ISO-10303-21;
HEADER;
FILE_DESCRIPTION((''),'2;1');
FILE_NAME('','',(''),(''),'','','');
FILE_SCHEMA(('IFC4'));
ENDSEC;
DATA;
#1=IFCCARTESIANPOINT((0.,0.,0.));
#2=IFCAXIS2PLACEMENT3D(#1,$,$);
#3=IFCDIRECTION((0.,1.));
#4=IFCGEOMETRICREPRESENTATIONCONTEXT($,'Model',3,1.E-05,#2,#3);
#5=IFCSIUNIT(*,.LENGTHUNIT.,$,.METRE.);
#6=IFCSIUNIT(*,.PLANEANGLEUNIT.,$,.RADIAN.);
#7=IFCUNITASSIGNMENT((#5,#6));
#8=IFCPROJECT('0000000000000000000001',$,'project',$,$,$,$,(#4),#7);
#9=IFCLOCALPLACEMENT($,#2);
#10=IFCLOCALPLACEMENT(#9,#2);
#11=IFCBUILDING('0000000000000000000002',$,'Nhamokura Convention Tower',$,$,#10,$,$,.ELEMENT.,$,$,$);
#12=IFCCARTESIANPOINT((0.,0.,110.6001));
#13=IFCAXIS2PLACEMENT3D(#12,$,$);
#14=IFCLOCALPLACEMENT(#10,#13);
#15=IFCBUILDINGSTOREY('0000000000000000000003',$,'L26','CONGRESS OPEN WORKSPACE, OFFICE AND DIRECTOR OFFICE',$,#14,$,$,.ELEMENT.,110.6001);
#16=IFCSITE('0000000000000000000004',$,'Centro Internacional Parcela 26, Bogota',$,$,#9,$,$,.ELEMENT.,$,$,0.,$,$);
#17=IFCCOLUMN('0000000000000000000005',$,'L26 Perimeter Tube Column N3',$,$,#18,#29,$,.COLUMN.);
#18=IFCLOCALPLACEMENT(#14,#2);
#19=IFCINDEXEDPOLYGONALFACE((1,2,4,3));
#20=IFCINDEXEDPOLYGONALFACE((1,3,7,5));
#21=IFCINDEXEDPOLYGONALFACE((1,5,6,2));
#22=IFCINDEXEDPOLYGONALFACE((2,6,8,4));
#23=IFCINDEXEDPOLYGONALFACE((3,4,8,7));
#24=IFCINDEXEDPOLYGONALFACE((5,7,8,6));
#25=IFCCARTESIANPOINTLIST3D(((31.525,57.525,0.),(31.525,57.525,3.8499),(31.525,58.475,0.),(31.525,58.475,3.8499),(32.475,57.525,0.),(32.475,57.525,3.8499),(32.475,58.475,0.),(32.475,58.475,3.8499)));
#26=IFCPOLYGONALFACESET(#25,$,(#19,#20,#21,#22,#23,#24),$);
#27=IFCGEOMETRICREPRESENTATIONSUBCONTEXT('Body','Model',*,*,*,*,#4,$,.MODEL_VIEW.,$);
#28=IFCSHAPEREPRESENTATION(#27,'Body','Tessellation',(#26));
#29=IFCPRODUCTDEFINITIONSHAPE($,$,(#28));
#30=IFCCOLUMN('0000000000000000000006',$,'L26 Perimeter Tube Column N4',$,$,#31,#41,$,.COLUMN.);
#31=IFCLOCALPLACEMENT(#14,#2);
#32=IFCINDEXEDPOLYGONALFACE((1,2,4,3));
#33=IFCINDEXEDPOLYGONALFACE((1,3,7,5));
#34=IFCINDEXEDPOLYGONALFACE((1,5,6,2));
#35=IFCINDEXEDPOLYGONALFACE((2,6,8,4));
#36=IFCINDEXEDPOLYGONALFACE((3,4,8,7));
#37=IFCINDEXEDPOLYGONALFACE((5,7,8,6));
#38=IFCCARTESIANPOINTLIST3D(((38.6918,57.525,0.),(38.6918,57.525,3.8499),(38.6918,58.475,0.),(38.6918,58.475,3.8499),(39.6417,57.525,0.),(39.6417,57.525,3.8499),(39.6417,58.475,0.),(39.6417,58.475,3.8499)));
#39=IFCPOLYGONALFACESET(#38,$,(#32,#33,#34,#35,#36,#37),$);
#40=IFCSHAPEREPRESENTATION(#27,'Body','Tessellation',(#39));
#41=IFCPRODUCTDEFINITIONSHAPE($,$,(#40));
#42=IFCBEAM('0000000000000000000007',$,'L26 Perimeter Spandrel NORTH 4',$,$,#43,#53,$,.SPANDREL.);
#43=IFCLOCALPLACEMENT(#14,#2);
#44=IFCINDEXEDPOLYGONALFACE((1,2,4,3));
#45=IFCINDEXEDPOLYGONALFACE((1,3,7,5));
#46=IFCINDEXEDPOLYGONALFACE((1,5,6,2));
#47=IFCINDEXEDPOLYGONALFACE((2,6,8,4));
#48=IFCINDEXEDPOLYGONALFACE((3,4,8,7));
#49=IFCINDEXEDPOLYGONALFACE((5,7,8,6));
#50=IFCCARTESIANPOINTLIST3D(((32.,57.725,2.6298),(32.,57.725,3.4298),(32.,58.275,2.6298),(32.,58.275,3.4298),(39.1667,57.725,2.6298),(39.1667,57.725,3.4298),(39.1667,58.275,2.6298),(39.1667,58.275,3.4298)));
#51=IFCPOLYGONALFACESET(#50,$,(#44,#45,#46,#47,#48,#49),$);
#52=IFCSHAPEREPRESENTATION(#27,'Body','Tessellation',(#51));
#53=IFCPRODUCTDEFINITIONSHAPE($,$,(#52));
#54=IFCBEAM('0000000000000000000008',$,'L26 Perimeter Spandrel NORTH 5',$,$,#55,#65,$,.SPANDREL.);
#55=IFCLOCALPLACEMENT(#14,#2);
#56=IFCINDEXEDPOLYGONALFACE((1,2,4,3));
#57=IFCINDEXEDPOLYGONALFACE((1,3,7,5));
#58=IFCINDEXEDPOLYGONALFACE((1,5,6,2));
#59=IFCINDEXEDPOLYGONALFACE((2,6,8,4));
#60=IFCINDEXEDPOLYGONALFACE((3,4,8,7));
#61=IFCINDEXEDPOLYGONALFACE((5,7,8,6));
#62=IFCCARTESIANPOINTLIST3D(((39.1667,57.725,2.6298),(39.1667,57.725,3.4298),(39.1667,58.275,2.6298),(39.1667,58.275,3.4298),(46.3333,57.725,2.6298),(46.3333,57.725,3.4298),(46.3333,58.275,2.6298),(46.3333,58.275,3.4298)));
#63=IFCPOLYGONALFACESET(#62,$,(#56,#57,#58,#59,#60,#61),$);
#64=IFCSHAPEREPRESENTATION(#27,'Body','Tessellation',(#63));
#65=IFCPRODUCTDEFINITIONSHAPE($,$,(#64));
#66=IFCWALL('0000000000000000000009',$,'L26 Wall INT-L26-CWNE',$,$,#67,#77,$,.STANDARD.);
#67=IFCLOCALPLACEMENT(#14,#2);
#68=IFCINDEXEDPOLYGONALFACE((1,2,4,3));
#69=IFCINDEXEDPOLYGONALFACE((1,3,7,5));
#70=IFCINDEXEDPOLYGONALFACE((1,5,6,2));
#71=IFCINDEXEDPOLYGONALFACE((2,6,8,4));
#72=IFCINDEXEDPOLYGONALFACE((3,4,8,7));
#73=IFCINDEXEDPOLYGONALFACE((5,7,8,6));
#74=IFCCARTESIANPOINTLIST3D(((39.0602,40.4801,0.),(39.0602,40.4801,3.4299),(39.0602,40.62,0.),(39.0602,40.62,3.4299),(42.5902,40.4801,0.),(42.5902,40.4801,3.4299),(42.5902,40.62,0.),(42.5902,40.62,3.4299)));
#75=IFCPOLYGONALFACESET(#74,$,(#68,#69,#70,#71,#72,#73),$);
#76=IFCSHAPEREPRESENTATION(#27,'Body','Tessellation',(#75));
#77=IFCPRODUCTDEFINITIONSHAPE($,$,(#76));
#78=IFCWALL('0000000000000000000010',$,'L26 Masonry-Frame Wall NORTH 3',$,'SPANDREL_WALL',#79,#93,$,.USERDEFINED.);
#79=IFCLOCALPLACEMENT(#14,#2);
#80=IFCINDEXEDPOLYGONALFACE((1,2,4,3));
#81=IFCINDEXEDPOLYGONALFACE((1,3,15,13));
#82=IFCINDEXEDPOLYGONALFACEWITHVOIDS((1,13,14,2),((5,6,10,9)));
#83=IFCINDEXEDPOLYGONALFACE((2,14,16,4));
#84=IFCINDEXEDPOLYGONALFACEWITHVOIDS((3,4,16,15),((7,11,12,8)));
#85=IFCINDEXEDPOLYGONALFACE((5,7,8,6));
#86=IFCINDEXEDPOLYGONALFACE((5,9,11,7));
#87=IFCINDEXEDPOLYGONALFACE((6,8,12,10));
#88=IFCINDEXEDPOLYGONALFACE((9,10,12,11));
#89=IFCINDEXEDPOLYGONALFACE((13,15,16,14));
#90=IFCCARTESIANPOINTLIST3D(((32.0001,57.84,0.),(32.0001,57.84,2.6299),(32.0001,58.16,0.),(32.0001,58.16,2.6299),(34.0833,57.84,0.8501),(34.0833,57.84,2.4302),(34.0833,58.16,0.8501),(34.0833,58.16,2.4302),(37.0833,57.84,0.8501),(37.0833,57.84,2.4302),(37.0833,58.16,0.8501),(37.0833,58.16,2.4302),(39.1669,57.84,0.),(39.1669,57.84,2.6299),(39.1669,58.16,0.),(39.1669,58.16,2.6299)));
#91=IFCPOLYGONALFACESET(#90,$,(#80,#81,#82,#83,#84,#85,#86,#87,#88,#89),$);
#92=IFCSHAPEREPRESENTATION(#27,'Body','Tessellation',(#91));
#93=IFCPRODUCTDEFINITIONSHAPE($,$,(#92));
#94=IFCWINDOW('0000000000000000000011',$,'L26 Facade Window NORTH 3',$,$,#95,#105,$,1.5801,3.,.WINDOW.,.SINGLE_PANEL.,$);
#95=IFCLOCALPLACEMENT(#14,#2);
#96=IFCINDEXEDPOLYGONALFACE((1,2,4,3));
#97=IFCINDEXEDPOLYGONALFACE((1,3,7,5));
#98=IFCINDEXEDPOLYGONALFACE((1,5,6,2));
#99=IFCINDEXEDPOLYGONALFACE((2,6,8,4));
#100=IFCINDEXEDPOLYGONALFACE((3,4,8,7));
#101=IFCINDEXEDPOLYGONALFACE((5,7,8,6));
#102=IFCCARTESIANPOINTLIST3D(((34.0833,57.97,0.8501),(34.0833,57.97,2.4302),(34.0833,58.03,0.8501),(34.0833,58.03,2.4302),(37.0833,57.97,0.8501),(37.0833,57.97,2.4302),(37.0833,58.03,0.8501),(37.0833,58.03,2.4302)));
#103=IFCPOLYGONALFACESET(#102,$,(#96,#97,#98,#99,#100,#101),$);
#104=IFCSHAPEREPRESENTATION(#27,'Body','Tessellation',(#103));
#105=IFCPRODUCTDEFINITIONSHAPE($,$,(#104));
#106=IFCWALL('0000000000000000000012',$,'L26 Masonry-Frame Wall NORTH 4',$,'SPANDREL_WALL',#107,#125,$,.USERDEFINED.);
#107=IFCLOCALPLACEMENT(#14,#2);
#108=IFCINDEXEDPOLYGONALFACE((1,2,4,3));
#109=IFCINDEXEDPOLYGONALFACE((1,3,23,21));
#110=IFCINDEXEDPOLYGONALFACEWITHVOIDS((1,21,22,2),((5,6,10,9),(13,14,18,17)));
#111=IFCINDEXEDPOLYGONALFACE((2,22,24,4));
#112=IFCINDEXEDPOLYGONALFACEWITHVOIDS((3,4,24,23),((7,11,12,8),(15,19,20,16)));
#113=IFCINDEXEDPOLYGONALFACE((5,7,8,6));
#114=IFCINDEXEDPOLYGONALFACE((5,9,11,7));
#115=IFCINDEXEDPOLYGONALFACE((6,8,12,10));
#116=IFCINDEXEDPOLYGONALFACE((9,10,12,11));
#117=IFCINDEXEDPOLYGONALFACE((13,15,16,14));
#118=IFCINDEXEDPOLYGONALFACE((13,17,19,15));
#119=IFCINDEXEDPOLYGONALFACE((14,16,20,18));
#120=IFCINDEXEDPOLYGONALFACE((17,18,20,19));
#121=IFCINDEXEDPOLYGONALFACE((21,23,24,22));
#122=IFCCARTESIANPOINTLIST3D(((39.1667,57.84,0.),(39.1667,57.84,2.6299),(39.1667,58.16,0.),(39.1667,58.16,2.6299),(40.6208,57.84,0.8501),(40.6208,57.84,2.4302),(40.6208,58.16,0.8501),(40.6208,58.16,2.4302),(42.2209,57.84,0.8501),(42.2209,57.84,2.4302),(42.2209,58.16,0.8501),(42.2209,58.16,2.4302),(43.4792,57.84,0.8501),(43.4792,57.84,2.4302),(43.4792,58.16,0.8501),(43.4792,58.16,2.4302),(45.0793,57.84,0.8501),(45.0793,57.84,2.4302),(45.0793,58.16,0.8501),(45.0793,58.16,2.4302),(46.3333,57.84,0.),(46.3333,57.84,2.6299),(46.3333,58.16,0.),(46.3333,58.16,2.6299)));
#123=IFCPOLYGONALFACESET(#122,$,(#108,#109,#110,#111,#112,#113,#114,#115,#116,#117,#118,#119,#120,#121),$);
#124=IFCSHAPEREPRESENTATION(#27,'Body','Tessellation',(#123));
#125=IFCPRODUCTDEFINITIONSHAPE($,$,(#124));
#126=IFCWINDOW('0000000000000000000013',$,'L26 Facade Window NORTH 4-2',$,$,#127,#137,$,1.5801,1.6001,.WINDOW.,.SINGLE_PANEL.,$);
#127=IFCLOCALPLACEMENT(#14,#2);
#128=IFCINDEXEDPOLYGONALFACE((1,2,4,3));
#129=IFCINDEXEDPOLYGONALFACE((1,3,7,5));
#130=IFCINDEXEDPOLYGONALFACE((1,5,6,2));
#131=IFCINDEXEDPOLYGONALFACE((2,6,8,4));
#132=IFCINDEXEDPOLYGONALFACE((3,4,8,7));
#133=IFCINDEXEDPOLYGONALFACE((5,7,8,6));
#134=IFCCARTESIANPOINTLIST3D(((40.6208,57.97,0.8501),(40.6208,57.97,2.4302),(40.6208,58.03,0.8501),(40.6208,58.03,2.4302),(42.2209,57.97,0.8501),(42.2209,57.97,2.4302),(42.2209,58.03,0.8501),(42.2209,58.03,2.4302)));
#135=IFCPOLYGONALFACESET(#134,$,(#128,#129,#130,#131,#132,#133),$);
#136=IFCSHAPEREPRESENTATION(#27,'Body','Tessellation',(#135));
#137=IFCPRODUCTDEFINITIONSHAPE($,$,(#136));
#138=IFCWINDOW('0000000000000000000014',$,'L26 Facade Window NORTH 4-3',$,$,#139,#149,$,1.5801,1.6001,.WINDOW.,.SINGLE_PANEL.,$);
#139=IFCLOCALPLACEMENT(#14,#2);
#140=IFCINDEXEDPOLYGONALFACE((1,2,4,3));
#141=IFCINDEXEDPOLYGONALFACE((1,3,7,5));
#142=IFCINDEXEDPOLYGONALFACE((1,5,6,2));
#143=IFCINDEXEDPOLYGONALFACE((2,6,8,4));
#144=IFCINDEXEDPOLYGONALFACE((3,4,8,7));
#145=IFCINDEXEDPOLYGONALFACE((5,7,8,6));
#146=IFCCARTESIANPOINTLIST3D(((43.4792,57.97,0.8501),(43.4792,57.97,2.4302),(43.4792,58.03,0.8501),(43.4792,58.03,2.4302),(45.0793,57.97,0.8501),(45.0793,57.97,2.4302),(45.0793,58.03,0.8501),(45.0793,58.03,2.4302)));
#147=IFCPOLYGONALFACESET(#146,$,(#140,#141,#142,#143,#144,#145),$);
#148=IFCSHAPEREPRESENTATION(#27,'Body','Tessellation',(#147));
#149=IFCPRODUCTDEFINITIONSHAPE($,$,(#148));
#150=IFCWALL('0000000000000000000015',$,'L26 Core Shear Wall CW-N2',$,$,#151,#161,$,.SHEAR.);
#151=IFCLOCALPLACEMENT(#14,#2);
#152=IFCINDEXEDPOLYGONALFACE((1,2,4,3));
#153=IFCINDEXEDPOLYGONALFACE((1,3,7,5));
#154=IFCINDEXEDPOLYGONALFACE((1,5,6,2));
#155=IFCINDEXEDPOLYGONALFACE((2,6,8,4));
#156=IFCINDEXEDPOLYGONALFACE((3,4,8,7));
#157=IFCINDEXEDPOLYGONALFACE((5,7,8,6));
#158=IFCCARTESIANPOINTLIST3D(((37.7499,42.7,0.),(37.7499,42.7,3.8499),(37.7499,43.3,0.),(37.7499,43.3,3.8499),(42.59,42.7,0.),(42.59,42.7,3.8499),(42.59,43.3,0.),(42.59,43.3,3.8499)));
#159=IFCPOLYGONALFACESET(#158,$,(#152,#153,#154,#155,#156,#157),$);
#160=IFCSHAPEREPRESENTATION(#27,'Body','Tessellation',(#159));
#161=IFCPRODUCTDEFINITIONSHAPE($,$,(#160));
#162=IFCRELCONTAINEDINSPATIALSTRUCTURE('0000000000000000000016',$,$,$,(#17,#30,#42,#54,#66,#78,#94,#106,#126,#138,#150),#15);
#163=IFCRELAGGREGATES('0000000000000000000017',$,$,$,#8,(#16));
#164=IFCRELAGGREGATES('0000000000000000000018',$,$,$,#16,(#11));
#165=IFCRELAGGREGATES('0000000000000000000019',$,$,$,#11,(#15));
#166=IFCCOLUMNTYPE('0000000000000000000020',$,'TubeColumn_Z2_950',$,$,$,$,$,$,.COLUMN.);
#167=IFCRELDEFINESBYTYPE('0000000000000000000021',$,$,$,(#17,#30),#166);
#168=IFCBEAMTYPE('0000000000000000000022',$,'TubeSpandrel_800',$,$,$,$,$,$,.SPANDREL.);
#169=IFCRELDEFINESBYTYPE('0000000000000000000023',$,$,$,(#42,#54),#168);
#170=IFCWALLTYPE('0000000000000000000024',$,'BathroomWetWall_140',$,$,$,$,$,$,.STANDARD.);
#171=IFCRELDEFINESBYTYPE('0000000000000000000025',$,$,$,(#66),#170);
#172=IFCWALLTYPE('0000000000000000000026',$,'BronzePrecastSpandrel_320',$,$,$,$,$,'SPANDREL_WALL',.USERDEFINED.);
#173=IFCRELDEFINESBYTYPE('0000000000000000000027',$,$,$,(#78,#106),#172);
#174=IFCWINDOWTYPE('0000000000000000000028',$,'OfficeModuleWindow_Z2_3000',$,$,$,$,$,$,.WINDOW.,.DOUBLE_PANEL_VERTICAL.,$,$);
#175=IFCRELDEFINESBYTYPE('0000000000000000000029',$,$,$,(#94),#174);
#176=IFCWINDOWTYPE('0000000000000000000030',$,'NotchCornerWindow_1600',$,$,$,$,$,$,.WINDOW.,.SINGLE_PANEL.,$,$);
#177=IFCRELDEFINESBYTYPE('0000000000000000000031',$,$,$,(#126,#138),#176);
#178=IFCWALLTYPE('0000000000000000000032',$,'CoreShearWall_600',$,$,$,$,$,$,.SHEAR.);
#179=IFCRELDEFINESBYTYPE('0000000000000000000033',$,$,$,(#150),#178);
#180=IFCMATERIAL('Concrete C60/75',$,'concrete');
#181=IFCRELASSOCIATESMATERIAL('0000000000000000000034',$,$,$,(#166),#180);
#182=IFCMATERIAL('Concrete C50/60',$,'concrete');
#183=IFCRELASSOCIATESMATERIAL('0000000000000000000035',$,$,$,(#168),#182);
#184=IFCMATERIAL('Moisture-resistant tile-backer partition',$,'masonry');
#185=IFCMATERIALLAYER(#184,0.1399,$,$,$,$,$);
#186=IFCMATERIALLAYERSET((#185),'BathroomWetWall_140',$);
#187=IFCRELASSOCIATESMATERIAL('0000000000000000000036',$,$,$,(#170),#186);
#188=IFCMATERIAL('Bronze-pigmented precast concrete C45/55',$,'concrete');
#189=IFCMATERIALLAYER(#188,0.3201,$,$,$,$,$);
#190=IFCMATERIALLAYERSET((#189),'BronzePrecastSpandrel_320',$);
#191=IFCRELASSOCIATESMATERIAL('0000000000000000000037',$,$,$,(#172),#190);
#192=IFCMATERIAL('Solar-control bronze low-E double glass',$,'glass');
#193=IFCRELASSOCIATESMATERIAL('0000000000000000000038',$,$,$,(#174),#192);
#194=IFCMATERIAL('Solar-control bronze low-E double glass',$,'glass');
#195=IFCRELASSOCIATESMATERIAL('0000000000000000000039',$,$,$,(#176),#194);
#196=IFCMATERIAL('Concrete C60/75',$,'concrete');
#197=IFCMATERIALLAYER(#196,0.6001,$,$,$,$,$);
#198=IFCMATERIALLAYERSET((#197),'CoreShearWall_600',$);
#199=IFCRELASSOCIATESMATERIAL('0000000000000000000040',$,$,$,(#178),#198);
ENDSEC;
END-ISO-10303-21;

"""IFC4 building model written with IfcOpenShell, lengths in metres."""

from ifc_helpers import new_model, si_unit, direction, frame, frame_2d, origin, origin_2d, place, context, subcontext, project, spatial, rectangle, extrude, material, layer, layer_set, material_profile, profile_set, type_object, element, fill, save


model = new_model("IFC4")

# Units and contexts
model_context = context("Model", 3, precision=1e-05, world=origin(), true_north=direction((0.0, 1.0)))
body_context = subcontext(model_context, "Body", "Model", "MODEL_VIEW")
ifc_project = project(units=[si_unit("LENGTHUNIT", "METRE"), si_unit("PLANEANGLEUNIT", "RADIAN")], contexts=[model_context])

# Site, building, storey
site_placement = place(None, origin())
site = spatial("IfcSite", under=ifc_project, at=site_placement, Name="Centro Internacional Parcela 26, Bogota", CompositionType="ELEMENT", RefElevation=0.0)
building_placement = place(site_placement, origin())
building = spatial("IfcBuilding", under=site, at=building_placement, Name="Nhamokura Convention Tower", CompositionType="ELEMENT")
storey_placement = place(building_placement, frame((0.0, 0.0, 110.6001)))
storey = spatial("IfcBuildingStorey", under=building, at=storey_placement, Name="L26", Description="CONGRESS OPEN WORKSPACE, OFFICE AND DIRECTOR OFFICE", CompositionType="ELEMENT", Elevation=110.6001)

# Columns
ifc_material_1 = material(Name="Concrete C60/75", Category="concrete")
ifc_material_profile_1 = material_profile(ifc_material_1, rectangle(XDim=0.95, YDim=0.95, at=origin_2d()))
ifc_profile_set_1 = profile_set([ifc_material_profile_1], Name="Concrete C60/75")
column_type = type_object("IfcColumnType", Name="TubeColumn_Z2_950", PredefinedType="COLUMN", material=ifc_profile_set_1)
for number, where, z_axis, x_axis, name in (
    (1, (32.0, 58.0, 0.0), (0.0, 0.0, 1.0), (1.0, 0.0, 0.0), "L26 Perimeter Tube Column N3"),
    (2, (39.1667, 58.0, 0.0), (0.0, 0.0, 1.0), (1.0, 0.0, 0.0), "L26 Perimeter Tube Column N4"),
):
    element("IfcColumn", number, at=place(storey_placement, frame(where, z_axis=z_axis, x_axis=x_axis)), inside=storey, type_object=column_type, Name=name, PredefinedType="COLUMN", context=body_context, shape_type="SweptSolid", body=[
        extrude(rectangle(XDim=0.95, YDim=0.95, at=origin_2d()), origin(), (0.0, 0.0, 1.0), 3.8499),
    ])

# Beams
ifc_material_2 = material(Name="Concrete C50/60", Category="concrete")
ifc_material_profile_2 = material_profile(ifc_material_2, rectangle(XDim=0.55, YDim=0.8, at=origin_2d()))
ifc_profile_set_2 = profile_set([ifc_material_profile_2], Name="Concrete C50/60")
beam_type = type_object("IfcBeamType", Name="TubeSpandrel_800", PredefinedType="SPANDREL", material=ifc_profile_set_2)
beam_1_placement = place(storey_placement, frame((32.0, 58.0, 3.0298), z_axis=(1.0, 0.0, 0.0), x_axis=(0.0, 1.0, 0.0)))
element("IfcBeam", 3, at=beam_1_placement, inside=storey, type_object=beam_type, Name="L26 Perimeter Spandrel NORTH 4", PredefinedType="SPANDREL", context=body_context, shape_type="SweptSolid", body=[
    extrude(rectangle(XDim=0.55, YDim=0.8, at=origin_2d()), origin(), (0.0, 0.0, 1.0), 7.1667),
])
beam_2_placement = place(storey_placement, frame((39.1667, 58.0, 3.0298), z_axis=(1.0, 0.0, 0.0), x_axis=(0.0, 1.0, 0.0)))
element("IfcBeam", 4, at=beam_2_placement, inside=storey, type_object=beam_type, Name="L26 Perimeter Spandrel NORTH 5", PredefinedType="SPANDREL", context=body_context, shape_type="SweptSolid", body=[
    extrude(rectangle(XDim=0.55, YDim=0.8, at=origin_2d()), origin(), (0.0, 0.0, 1.0), 7.1665),
])

# Wall
ifc_material_3 = material(Name="Moisture-resistant tile-backer partition", Category="masonry")
ifc_layer_1 = layer(ifc_material_3, 0.1399)
ifc_layer_set_1 = layer_set([ifc_layer_1], Name="BathroomWetWall_140")
wall_type_1 = type_object("IfcWallType", Name="BathroomWetWall_140", PredefinedType="STANDARD", material=ifc_layer_set_1)
wall_1_placement = place(storey_placement, frame((39.0601, 40.55, 0.0), z_axis=(0.0, 0.0, 1.0), x_axis=(1.0, 0.0, 0.0)))
element("IfcWall", 5, at=wall_1_placement, inside=storey, type_object=wall_type_1, Name="L26 Wall INT-L26-CWNE", PredefinedType="STANDARD", context=body_context, shape_type="SweptSolid", body=[
    extrude(rectangle(XDim=3.53, YDim=0.1399, at=frame_2d((1.7651, 0.0))), origin(), (0.0, 0.0, 1.0), 3.4299),
])

# Wall, opening, window
ifc_material_4 = material(Name="Bronze-pigmented precast concrete C45/55", Category="concrete")
ifc_layer_2 = layer(ifc_material_4, 0.3201)
ifc_layer_set_2 = layer_set([ifc_layer_2], Name="BronzePrecastSpandrel_320")
wall_type_2 = type_object("IfcWallType", Name="BronzePrecastSpandrel_320", ElementType="SPANDREL_WALL", PredefinedType="USERDEFINED", material=ifc_layer_set_2)
wall_2_placement = place(storey_placement, frame((32.0, 58.0, 0.0), z_axis=(0.0, 0.0, 1.0), x_axis=(1.0, 0.0, 0.0)))
wall_2 = element("IfcWall", 6, at=wall_2_placement, inside=storey, type_object=wall_type_2, Name="L26 Masonry-Frame Wall NORTH 3", ObjectType="SPANDREL_WALL", PredefinedType="USERDEFINED", context=body_context, shape_type="SweptSolid", body=[
    extrude(rectangle(XDim=7.1667, YDim=0.3201, at=frame_2d((3.5835, 0.0))), origin(), (0.0, 0.0, 1.0), 2.6299),
])
opening_1_placement = place(wall_2_placement, frame((2.0833, 0.0, 0.8501)))
opening_1 = element("IfcOpeningElement", 7, at=opening_1_placement, cuts=wall_2, PredefinedType="OPENING", context=body_context, shape_type="SweptSolid", body=[
    extrude(rectangle(XDim=3.0, YDim=1.5801, at=frame_2d((1.5, 0.79))), frame((0.0, 0.1699, 0.0), z_axis=(0.0, -1.0, 0.0), x_axis=(1.0, 0.0, 0.0)), (0.0, 0.0, 1.0), 0.3401),
])
ifc_material_5 = material(Name="Solar-control bronze low-E double glass", Category="glass")
window_type_1 = type_object("IfcWindowType", Name="OfficeModuleWindow_Z2_3000", PartitioningType="DOUBLE_PANEL_VERTICAL", PredefinedType="WINDOW", material=ifc_material_5)
window_1_placement = place(opening_1_placement, origin())
window_1 = element("IfcWindow", 8, at=window_1_placement, inside=storey, type_object=window_type_1, Name="L26 Facade Window NORTH 3", OverallHeight=1.5801, OverallWidth=3.0, PartitioningType="SINGLE_PANEL", PredefinedType="WINDOW", context=body_context, shape_type="SweptSolid", body=[
    extrude(rectangle(XDim=3.0, YDim=1.5801, at=frame_2d((1.5, 0.79))), frame((0.0, 0.03, 0.0), z_axis=(0.0, -1.0, 0.0), x_axis=(1.0, 0.0, 0.0)), (0.0, 0.0, 1.0), 0.0601),
])
fill(opening_1, window_1)

# Wall, openings, windows
wall_3_placement = place(storey_placement, frame((39.1667, 58.0, 0.0), z_axis=(0.0, 0.0, 1.0), x_axis=(1.0, 0.0, 0.0)))
wall_3 = element("IfcWall", 9, at=wall_3_placement, inside=storey, type_object=wall_type_2, Name="L26 Masonry-Frame Wall NORTH 4", ObjectType="SPANDREL_WALL", PredefinedType="USERDEFINED", context=body_context, shape_type="SweptSolid", body=[
    extrude(rectangle(XDim=7.1665, YDim=0.3201, at=frame_2d((3.5833, 0.0))), origin(), (0.0, 0.0, 1.0), 2.6299),
])
opening_2_placement = place(wall_3_placement, frame((1.4541, 0.0, 0.8501)))
opening_2 = element("IfcOpeningElement", 10, at=opening_2_placement, cuts=wall_3, PredefinedType="OPENING", context=body_context, shape_type="SweptSolid", body=[
    extrude(rectangle(XDim=1.6001, YDim=1.5801, at=frame_2d((0.8, 0.79))), frame((0.0, 0.1699, 0.0), z_axis=(0.0, -1.0, 0.0), x_axis=(1.0, 0.0, 0.0)), (0.0, 0.0, 1.0), 0.3401),
])
opening_3_placement = place(wall_3_placement, frame((4.3125, 0.0, 0.8501)))
opening_3 = element("IfcOpeningElement", 11, at=opening_3_placement, cuts=wall_3, PredefinedType="OPENING", context=body_context, shape_type="SweptSolid", body=[
    extrude(rectangle(XDim=1.6001, YDim=1.5801, at=frame_2d((0.8, 0.79))), frame((0.0, 0.1699, 0.0), z_axis=(0.0, -1.0, 0.0), x_axis=(1.0, 0.0, 0.0)), (0.0, 0.0, 1.0), 0.3401),
])
ifc_material_6 = material(Name="Solar-control bronze low-E double glass", Category="glass")
window_type_2 = type_object("IfcWindowType", Name="NotchCornerWindow_1600", PartitioningType="SINGLE_PANEL", PredefinedType="WINDOW", material=ifc_material_6)
window_2_placement = place(opening_2_placement, origin())
window_2 = element("IfcWindow", 12, at=window_2_placement, inside=storey, type_object=window_type_2, Name="L26 Facade Window NORTH 4-2", OverallHeight=1.5801, OverallWidth=1.6001, PartitioningType="SINGLE_PANEL", PredefinedType="WINDOW", context=body_context, shape_type="SweptSolid", body=[
    extrude(rectangle(XDim=1.6001, YDim=1.5801, at=frame_2d((0.8, 0.79))), frame((0.0, 0.03, 0.0), z_axis=(0.0, -1.0, 0.0), x_axis=(1.0, 0.0, 0.0)), (0.0, 0.0, 1.0), 0.0601),
])
fill(opening_2, window_2)
window_3_placement = place(opening_3_placement, origin())
window_3 = element("IfcWindow", 13, at=window_3_placement, inside=storey, type_object=window_type_2, Name="L26 Facade Window NORTH 4-3", OverallHeight=1.5801, OverallWidth=1.6001, PartitioningType="SINGLE_PANEL", PredefinedType="WINDOW", context=body_context, shape_type="SweptSolid", body=[
    extrude(rectangle(XDim=1.6001, YDim=1.5801, at=frame_2d((0.8, 0.79))), frame((0.0, 0.03, 0.0), z_axis=(0.0, -1.0, 0.0), x_axis=(1.0, 0.0, 0.0)), (0.0, 0.0, 1.0), 0.0601),
])
fill(opening_3, window_3)

# Wall
ifc_material_7 = material(Name="Concrete C60/75", Category="concrete")
ifc_layer_3 = layer(ifc_material_7, 0.6001)
ifc_layer_set_3 = layer_set([ifc_layer_3], Name="CoreShearWall_600")
wall_type_3 = type_object("IfcWallType", Name="CoreShearWall_600", PredefinedType="SHEAR", material=ifc_layer_set_3)
wall_4_placement = place(storey_placement, frame((37.75, 43.0, 0.0), z_axis=(0.0, 0.0, 1.0), x_axis=(1.0, 0.0, 0.0)))
element("IfcWall", 14, at=wall_4_placement, inside=storey, type_object=wall_type_3, Name="L26 Core Shear Wall CW-N2", PredefinedType="SHEAR", context=body_context, shape_type="SweptSolid", body=[
    extrude(rectangle(XDim=4.8401, YDim=0.6001, at=frame_2d((2.4199, 0.0))), origin(), (0.0, 0.0, 1.0), 3.8499),
])

save(model, "model.ifc")
